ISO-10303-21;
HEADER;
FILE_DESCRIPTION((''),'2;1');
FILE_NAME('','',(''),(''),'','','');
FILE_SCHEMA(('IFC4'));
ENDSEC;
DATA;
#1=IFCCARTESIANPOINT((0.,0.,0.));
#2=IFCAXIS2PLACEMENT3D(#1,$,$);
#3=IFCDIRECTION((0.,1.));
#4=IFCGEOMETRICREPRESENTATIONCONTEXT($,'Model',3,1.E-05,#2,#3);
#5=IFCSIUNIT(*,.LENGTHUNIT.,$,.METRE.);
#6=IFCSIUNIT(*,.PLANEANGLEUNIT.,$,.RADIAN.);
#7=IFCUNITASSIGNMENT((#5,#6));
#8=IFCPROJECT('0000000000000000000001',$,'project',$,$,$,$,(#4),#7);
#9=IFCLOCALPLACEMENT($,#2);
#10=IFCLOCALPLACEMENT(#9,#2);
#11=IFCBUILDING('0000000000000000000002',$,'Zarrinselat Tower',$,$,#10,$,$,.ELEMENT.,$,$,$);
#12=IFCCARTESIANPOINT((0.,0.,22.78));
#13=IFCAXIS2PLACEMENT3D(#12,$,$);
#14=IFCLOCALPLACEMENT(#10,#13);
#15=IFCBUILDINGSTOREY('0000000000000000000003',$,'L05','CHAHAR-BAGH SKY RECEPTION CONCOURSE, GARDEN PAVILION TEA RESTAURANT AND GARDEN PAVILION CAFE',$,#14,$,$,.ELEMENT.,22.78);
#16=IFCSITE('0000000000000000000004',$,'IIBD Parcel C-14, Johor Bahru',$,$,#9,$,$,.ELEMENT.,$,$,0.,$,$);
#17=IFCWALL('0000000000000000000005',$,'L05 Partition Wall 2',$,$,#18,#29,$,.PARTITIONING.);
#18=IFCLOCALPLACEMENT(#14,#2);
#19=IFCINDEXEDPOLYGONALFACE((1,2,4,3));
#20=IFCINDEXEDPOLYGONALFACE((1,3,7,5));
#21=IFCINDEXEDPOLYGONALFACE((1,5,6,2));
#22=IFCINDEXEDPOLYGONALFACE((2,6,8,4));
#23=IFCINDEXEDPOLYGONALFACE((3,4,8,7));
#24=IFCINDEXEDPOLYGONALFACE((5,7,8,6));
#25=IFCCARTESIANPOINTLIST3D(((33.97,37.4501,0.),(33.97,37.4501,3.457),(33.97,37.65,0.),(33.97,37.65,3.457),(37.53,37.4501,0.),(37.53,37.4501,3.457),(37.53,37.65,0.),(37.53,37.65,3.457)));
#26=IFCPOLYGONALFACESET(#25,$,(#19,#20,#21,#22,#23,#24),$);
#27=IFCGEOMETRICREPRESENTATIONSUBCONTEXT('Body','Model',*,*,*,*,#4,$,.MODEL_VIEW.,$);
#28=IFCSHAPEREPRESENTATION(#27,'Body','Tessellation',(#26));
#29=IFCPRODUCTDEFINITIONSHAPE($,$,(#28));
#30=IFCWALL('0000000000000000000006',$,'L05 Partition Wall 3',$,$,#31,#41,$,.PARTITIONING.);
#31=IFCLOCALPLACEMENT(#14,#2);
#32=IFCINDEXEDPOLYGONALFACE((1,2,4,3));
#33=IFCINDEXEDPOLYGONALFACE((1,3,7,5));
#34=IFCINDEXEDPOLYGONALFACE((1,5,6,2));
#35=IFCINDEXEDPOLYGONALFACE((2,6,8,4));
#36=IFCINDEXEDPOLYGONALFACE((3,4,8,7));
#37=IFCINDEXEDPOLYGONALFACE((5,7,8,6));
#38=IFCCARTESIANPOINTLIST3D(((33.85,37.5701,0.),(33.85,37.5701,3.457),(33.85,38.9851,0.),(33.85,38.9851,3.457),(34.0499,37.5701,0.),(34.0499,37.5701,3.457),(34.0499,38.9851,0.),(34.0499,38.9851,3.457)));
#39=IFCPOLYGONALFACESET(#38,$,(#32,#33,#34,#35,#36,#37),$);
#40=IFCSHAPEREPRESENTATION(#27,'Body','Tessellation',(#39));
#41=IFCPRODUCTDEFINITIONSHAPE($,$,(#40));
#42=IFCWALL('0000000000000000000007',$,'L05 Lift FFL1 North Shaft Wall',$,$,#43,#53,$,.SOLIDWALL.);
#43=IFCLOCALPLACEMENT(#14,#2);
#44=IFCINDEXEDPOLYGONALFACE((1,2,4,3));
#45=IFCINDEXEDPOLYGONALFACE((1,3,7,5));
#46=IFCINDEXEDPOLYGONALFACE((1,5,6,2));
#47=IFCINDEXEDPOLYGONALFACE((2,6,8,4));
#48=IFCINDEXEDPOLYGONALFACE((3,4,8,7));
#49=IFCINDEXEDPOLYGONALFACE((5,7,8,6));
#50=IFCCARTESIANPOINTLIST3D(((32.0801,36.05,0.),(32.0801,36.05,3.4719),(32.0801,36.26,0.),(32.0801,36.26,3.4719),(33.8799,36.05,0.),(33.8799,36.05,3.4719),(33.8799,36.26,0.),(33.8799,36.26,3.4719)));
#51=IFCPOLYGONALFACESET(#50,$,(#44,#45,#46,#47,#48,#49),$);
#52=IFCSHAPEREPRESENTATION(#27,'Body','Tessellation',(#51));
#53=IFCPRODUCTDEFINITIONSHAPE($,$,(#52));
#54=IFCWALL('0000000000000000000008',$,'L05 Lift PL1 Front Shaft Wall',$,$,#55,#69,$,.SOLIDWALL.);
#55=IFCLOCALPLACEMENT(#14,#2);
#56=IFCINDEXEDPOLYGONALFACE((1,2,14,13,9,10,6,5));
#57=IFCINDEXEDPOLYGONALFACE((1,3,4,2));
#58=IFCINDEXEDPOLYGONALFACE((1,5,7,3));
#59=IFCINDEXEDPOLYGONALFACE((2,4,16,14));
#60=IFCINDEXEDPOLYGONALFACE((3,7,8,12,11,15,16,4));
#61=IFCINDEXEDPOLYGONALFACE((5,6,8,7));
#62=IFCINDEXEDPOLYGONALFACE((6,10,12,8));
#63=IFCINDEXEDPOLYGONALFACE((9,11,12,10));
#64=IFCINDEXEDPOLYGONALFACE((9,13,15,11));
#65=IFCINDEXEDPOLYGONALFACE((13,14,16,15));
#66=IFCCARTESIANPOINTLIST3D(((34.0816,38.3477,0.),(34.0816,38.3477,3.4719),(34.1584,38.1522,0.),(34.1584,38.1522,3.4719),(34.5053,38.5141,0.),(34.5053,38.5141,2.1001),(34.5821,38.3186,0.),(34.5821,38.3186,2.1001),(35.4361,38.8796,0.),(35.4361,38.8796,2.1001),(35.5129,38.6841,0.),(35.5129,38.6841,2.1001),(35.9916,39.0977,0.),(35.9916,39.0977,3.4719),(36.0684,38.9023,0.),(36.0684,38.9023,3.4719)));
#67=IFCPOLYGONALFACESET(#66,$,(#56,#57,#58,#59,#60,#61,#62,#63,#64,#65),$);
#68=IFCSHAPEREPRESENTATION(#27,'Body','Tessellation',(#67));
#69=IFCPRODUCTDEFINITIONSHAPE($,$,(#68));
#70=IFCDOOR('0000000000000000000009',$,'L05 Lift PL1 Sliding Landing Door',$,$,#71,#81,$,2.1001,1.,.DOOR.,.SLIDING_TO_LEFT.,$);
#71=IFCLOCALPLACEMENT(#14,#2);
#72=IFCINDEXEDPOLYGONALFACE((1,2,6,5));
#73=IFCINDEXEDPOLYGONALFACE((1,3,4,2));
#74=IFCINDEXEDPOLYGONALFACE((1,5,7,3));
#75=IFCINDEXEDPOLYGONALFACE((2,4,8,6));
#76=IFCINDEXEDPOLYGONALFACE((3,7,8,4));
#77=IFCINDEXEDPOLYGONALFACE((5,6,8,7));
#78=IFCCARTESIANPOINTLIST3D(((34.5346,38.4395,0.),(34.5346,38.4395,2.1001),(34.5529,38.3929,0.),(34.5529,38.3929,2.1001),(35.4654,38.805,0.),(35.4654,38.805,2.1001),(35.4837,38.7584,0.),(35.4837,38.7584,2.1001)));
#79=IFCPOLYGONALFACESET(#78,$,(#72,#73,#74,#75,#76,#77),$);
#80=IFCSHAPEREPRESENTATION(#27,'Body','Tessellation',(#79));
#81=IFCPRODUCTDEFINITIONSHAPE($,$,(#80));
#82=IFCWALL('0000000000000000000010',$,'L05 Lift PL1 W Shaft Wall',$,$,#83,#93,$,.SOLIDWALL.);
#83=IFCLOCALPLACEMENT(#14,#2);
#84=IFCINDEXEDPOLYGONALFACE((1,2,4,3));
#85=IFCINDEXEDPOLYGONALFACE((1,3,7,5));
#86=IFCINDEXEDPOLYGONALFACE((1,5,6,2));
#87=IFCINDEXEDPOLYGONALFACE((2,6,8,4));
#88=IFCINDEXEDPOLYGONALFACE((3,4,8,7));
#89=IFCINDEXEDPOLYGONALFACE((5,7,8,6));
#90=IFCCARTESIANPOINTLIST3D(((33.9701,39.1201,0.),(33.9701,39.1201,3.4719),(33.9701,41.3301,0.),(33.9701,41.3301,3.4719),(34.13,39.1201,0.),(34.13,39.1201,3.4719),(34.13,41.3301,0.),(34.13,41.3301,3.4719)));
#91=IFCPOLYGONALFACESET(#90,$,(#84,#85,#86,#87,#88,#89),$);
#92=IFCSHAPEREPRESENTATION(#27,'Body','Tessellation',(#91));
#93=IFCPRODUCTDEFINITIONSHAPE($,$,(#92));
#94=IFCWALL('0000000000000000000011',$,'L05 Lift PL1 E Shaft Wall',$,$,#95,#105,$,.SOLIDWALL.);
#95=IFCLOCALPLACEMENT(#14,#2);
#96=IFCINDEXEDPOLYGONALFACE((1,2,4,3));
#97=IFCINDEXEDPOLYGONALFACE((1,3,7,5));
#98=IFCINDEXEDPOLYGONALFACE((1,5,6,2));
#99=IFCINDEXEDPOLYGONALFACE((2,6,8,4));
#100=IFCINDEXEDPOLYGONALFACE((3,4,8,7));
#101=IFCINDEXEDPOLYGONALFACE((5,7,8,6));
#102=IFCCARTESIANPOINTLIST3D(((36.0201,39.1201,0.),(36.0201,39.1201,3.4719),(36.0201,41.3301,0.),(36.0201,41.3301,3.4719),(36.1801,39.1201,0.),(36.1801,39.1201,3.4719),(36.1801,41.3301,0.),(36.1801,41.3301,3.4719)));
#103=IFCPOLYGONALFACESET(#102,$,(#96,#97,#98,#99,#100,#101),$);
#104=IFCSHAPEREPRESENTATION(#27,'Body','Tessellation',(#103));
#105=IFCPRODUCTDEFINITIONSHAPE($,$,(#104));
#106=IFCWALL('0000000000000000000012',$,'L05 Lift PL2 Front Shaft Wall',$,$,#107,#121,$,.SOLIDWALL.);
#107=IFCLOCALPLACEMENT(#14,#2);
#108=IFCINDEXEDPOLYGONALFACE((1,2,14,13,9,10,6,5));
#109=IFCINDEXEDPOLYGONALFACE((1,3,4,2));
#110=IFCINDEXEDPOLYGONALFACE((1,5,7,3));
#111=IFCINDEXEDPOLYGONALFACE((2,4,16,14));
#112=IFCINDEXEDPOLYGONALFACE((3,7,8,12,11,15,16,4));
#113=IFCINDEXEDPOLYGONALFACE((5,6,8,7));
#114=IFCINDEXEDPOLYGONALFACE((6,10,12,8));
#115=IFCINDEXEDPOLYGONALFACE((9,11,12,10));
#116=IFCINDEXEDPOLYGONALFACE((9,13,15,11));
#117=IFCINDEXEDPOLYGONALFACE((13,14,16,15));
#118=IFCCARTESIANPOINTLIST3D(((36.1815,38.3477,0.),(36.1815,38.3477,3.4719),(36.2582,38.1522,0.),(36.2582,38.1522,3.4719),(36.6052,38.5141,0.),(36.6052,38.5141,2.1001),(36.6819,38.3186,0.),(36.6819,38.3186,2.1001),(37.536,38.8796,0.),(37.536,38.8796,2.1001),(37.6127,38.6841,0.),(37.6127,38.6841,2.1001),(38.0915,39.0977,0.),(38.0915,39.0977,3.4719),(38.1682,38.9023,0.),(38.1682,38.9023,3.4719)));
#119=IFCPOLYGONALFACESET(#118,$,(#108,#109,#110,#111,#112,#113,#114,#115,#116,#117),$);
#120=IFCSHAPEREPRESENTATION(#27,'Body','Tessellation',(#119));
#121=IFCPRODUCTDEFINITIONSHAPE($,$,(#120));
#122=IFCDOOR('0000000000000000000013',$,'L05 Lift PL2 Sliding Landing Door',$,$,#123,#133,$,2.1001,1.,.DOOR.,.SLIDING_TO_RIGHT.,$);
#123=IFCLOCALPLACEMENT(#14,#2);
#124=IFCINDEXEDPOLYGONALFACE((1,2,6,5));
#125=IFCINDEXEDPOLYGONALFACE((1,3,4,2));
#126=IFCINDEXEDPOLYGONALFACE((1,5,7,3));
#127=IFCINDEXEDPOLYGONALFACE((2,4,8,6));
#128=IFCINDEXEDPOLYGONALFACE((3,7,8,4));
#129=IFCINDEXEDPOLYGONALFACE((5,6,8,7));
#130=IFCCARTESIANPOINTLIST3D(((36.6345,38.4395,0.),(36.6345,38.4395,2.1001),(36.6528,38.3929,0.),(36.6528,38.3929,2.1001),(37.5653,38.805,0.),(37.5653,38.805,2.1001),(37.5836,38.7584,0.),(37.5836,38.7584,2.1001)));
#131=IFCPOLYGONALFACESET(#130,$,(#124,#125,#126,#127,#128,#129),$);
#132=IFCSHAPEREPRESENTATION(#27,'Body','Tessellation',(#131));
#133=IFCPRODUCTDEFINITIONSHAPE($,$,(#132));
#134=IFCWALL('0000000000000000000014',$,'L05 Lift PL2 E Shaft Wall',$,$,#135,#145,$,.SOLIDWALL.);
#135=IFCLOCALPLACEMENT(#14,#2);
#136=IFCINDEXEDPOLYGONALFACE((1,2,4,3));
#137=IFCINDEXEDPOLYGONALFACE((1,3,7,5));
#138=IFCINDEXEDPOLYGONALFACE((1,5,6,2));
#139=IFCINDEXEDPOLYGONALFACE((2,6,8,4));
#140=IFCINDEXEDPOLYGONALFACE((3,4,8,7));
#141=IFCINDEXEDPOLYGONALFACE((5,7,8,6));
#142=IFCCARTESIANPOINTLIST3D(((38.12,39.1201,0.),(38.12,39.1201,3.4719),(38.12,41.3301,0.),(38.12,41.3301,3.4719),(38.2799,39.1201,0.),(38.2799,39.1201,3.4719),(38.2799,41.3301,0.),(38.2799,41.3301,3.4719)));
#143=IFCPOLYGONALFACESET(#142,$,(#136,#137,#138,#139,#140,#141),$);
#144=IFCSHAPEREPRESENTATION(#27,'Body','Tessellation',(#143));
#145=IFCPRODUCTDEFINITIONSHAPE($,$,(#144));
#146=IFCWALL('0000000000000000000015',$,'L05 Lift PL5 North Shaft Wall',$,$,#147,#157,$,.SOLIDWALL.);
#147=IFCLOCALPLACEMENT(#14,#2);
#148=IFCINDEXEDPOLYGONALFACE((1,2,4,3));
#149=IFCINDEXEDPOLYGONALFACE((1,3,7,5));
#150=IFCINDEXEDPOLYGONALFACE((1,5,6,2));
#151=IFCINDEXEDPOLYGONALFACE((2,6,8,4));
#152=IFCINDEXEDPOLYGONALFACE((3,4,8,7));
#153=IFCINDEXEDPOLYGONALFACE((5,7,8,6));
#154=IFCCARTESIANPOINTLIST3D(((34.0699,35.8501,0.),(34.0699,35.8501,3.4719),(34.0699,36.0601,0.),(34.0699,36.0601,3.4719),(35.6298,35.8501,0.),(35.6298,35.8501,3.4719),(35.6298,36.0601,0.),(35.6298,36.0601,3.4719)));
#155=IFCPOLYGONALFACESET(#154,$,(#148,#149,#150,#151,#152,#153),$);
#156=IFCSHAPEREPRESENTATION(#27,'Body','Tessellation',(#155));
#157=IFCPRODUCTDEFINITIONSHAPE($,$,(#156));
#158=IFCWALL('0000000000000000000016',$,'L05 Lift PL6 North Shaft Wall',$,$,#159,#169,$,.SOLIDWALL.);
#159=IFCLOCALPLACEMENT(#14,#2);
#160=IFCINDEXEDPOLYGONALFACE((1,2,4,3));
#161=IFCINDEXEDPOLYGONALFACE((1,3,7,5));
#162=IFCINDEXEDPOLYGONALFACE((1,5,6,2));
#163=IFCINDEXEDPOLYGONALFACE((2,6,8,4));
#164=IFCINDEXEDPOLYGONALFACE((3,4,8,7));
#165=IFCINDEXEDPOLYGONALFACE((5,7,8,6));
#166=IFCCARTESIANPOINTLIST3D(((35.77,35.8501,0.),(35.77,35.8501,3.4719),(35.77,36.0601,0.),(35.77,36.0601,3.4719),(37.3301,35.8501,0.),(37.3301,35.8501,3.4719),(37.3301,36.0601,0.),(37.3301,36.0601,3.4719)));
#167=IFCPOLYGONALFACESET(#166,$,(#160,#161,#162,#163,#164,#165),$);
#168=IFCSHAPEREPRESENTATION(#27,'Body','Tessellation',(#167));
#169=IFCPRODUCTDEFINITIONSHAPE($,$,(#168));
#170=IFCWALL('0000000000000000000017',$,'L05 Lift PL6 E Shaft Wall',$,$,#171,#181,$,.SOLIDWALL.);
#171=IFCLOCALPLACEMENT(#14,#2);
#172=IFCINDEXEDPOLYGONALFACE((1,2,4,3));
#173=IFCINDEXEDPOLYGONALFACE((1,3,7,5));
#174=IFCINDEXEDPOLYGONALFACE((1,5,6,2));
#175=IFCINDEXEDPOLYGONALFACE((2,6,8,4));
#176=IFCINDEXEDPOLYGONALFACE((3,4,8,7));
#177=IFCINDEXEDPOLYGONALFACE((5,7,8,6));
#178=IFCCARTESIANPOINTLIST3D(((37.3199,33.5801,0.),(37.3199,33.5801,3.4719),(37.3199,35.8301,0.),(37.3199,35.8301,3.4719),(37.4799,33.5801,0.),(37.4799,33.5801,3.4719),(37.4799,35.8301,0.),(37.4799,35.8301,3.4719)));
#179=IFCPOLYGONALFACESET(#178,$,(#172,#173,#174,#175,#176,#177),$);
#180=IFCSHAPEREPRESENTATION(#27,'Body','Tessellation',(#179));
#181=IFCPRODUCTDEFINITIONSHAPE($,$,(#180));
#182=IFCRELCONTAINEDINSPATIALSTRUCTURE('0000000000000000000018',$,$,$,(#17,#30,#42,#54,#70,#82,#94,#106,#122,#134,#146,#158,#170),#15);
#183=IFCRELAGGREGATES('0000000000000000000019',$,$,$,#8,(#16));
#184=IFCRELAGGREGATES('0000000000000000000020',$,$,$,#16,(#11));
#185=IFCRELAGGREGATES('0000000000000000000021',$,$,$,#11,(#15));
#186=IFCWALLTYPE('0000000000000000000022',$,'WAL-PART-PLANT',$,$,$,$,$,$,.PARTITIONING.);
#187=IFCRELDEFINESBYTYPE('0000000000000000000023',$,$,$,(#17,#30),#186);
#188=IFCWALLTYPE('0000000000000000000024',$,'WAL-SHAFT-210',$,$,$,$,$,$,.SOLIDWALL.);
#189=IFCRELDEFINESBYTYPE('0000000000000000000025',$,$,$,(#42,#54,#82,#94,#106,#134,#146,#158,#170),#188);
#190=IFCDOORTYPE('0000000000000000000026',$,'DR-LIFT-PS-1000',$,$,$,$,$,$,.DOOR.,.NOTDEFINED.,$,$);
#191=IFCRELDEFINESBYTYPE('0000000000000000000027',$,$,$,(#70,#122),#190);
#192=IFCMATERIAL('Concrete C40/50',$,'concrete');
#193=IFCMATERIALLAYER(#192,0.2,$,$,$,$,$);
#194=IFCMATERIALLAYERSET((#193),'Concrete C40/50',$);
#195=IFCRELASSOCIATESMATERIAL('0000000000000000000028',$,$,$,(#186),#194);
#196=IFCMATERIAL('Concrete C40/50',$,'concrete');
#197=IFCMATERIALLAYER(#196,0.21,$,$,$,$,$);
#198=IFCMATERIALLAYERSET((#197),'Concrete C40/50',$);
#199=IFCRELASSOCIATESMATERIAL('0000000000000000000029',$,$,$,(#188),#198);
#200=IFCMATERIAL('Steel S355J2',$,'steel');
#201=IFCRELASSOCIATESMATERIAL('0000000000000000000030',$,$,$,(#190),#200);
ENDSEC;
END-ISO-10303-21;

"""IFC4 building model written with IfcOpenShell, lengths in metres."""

from ifc_helpers import new_model, si_unit, direction, frame, frame_2d, origin, place, context, subcontext, project, spatial, rectangle, extrude, material, layer, layer_set, type_object, element, fill, save


model = new_model("IFC4")

# Units and contexts
model_context = context("Model", 3, precision=1e-05, world=origin(), true_north=direction((0.0, 1.0)))
body_context = subcontext(model_context, "Body", "Model", "MODEL_VIEW")
ifc_project = project(units=[si_unit("LENGTHUNIT", "METRE"), si_unit("PLANEANGLEUNIT", "RADIAN")], contexts=[model_context])

# Site, building, storey
site_placement = place(None, origin())
site = spatial("IfcSite", under=ifc_project, at=site_placement, Name="IIBD Parcel C-14, Johor Bahru", CompositionType="ELEMENT", RefElevation=0.0)
building_placement = place(site_placement, origin())
building = spatial("IfcBuilding", under=site, at=building_placement, Name="Zarrinselat Tower", CompositionType="ELEMENT")
storey_placement = place(building_placement, frame((0.0, 0.0, 22.78)))
storey = spatial("IfcBuildingStorey", under=building, at=storey_placement, Name="L05", Description="CHAHAR-BAGH SKY RECEPTION CONCOURSE, GARDEN PAVILION TEA RESTAURANT AND GARDEN PAVILION CAFE", CompositionType="ELEMENT", Elevation=22.78)

# Walls
ifc_material_1 = material(Name="Concrete C40/50", Category="concrete")
ifc_layer_1 = layer(ifc_material_1, 0.2)
ifc_layer_set_1 = layer_set([ifc_layer_1], Name="Concrete C40/50")
wall_type_1 = type_object("IfcWallType", Name="WAL-PART-PLANT", PredefinedType="PARTITIONING", material=ifc_layer_set_1)
wall_1_placement = place(storey_placement, frame((33.97, 37.55, 0.0), z_axis=(0.0, 0.0, 1.0), x_axis=(1.0, 0.0, 0.0)))
element("IfcWall", 1, at=wall_1_placement, inside=storey, type_object=wall_type_1, Name="L05 Partition Wall 2", PredefinedType="PARTITIONING", context=body_context, shape_type="SweptSolid", body=[
    extrude(rectangle(XDim=3.5601, YDim=0.2, at=frame_2d((1.78, 0.0))), origin(), (0.0, 0.0, 1.0), 3.457),
])
wall_2_placement = place(storey_placement, frame((33.95, 37.5701, 0.0), z_axis=(0.0, 0.0, 1.0), x_axis=(0.0, 1.0, 0.0)))
element("IfcWall", 2, at=wall_2_placement, inside=storey, type_object=wall_type_1, Name="L05 Partition Wall 3", PredefinedType="PARTITIONING", context=body_context, shape_type="SweptSolid", body=[
    extrude(rectangle(XDim=1.415, YDim=0.2, at=frame_2d((0.7075, 0.0))), origin(), (0.0, 0.0, 1.0), 3.457),
])
ifc_material_2 = material(Name="Concrete C40/50", Category="concrete")
ifc_layer_2 = layer(ifc_material_2, 0.21)
ifc_layer_set_2 = layer_set([ifc_layer_2], Name="Concrete C40/50")
wall_type_2 = type_object("IfcWallType", Name="WAL-SHAFT-210", PredefinedType="SOLIDWALL", material=ifc_layer_set_2)
wall_3_placement = place(storey_placement, frame((32.0801, 36.155, 0.0), z_axis=(0.0, 0.0, 1.0), x_axis=(1.0, 0.0, 0.0)))
element("IfcWall", 3, at=wall_3_placement, inside=storey, type_object=wall_type_2, Name="L05 Lift FFL1 North Shaft Wall", PredefinedType="SOLIDWALL", context=body_context, shape_type="SweptSolid", body=[
    extrude(rectangle(XDim=1.7998, YDim=0.21, at=frame_2d((0.8999, 0.0))), origin(), (0.0, 0.0, 1.0), 3.4719),
])

# Wall, opening, door
wall_4_placement = place(storey_placement, frame((34.1201, 38.25, 0.0), z_axis=(0.0, 0.0, 1.0), x_axis=(0.930805, 0.365516, 0.0)))
wall_4 = element("IfcWall", 4, at=wall_4_placement, inside=storey, type_object=wall_type_2, Name="L05 Lift PL1 Front Shaft Wall", PredefinedType="SOLIDWALL", context=body_context, shape_type="SweptSolid", body=[
    extrude(rectangle(XDim=2.052, YDim=0.21, at=frame_2d((1.0259, 0.0))), origin(), (0.0, 0.0, 1.0), 3.4719),
])
opening_1_placement = place(wall_4_placement, frame((0.4551, 0.0, 0.0)))
opening_1 = element("IfcOpeningElement", 5, at=opening_1_placement, cuts=wall_4, PredefinedType="OPENING", context=body_context, shape_type="SweptSolid", body=[
    extrude(rectangle(XDim=1.0, YDim=2.1001, at=frame_2d((0.5, 1.05))), frame((0.0, 0.115, 0.0), z_axis=(0.0, -1.0, 0.0), x_axis=(1.0, 0.0, 0.0)), (0.0, 0.0, 1.0), 0.23),
])
ifc_material_3 = material(Name="Steel S355J2", Category="steel")
door_type = type_object("IfcDoorType", Name="DR-LIFT-PS-1000", OperationType="NOTDEFINED", PredefinedType="DOOR", material=ifc_material_3)
door_1_placement = place(opening_1_placement, origin())
door_1 = element("IfcDoor", 6, at=door_1_placement, inside=storey, type_object=door_type, Name="L05 Lift PL1 Sliding Landing Door", OperationType="SLIDING_TO_LEFT", OverallHeight=2.1001, OverallWidth=1.0, PredefinedType="DOOR", context=body_context, shape_type="SweptSolid", body=[
    extrude(rectangle(XDim=1.0, YDim=2.1001, at=frame_2d((0.5, 1.05))), frame((0.0, 0.0249, 0.0), z_axis=(0.0, -1.0, 0.0), x_axis=(1.0, 0.0, 0.0)), (0.0, 0.0, 1.0), 0.05),
])
fill(opening_1, door_1)

# Walls
for number, where, z_axis, x_axis, name in (
    (7, (34.05, 39.1201, 0.0), (0.0, 0.0, 1.0), (0.0, 1.0, 0.0), "L05 Lift PL1 W Shaft Wall"),
    (8, (36.1001, 39.1201, 0.0), (0.0, 0.0, 1.0), (0.0, 1.0, 0.0), "L05 Lift PL1 E Shaft Wall"),
):
    element("IfcWall", number, at=place(storey_placement, frame(where, z_axis=z_axis, x_axis=x_axis)), inside=storey, type_object=wall_type_2, Name=name, PredefinedType="SOLIDWALL", context=body_context, shape_type="SweptSolid", body=[
        extrude(rectangle(XDim=2.21, YDim=0.1599, at=frame_2d((1.105, 0.0))), origin(), (0.0, 0.0, 1.0), 3.4719),
    ])

# Wall, opening, door
wall_5_placement = place(storey_placement, frame((36.22, 38.25, 0.0), z_axis=(0.0, 0.0, 1.0), x_axis=(0.930805, 0.365516, 0.0)))
wall_5 = element("IfcWall", 9, at=wall_5_placement, inside=storey, type_object=wall_type_2, Name="L05 Lift PL2 Front Shaft Wall", PredefinedType="SOLIDWALL", context=body_context, shape_type="SweptSolid", body=[
    extrude(rectangle(XDim=2.052, YDim=0.21, at=frame_2d((1.0259, 0.0))), origin(), (0.0, 0.0, 1.0), 3.4719),
])
opening_2_placement = place(wall_5_placement, frame((0.4551, 0.0, 0.0)))
opening_2 = element("IfcOpeningElement", 10, at=opening_2_placement, cuts=wall_5, PredefinedType="OPENING", context=body_context, shape_type="SweptSolid", body=[
    extrude(rectangle(XDim=1.0, YDim=2.1001, at=frame_2d((0.5, 1.05))), frame((0.0, 0.115, 0.0), z_axis=(0.0, -1.0, 0.0), x_axis=(1.0, 0.0, 0.0)), (0.0, 0.0, 1.0), 0.23),
])
door_2_placement = place(opening_2_placement, origin())
door_2 = element("IfcDoor", 11, at=door_2_placement, inside=storey, type_object=door_type, Name="L05 Lift PL2 Sliding Landing Door", OperationType="SLIDING_TO_RIGHT", OverallHeight=2.1001, OverallWidth=1.0, PredefinedType="DOOR", context=body_context, shape_type="SweptSolid", body=[
    extrude(rectangle(XDim=1.0, YDim=2.1001, at=frame_2d((0.5, 1.05))), frame((0.0, 0.0249, 0.0), z_axis=(0.0, -1.0, 0.0), x_axis=(1.0, 0.0, 0.0)), (0.0, 0.0, 1.0), 0.05),
])
fill(opening_2, door_2)

# Walls
wall_6_placement = place(storey_placement, frame((38.2, 39.1201, 0.0), z_axis=(0.0, 0.0, 1.0), x_axis=(0.0, 1.0, 0.0)))
element("IfcWall", 12, at=wall_6_placement, inside=storey, type_object=wall_type_2, Name="L05 Lift PL2 E Shaft Wall", PredefinedType="SOLIDWALL", context=body_context, shape_type="SweptSolid", body=[
    extrude(rectangle(XDim=2.21, YDim=0.1599, at=frame_2d((1.105, 0.0))), origin(), (0.0, 0.0, 1.0), 3.4719),
])
wall_7_placement = place(storey_placement, frame((34.0701, 35.9551, 0.0), z_axis=(0.0, 0.0, 1.0), x_axis=(1.0, 0.0, 0.0)))
element("IfcWall", 13, at=wall_7_placement, inside=storey, type_object=wall_type_2, Name="L05 Lift PL5 North Shaft Wall", PredefinedType="SOLIDWALL", context=body_context, shape_type="SweptSolid", body=[
    extrude(rectangle(XDim=1.5598, YDim=0.21, at=frame_2d((0.7798, 0.0))), origin(), (0.0, 0.0, 1.0), 3.4719),
])
wall_8_placement = place(storey_placement, frame((35.77, 35.9551, 0.0), z_axis=(0.0, 0.0, 1.0), x_axis=(1.0, 0.0, 0.0)))
element("IfcWall", 14, at=wall_8_placement, inside=storey, type_object=wall_type_2, Name="L05 Lift PL6 North Shaft Wall", PredefinedType="SOLIDWALL", context=body_context, shape_type="SweptSolid", body=[
    extrude(rectangle(XDim=1.5601, YDim=0.21, at=frame_2d((0.78, 0.0))), origin(), (0.0, 0.0, 1.0), 3.4719),
])
wall_9_placement = place(storey_placement, frame((37.3999, 33.5801, 0.0), z_axis=(0.0, 0.0, 1.0), x_axis=(0.0, 1.0, 0.0)))
element("IfcWall", 15, at=wall_9_placement, inside=storey, type_object=wall_type_2, Name="L05 Lift PL6 E Shaft Wall", PredefinedType="SOLIDWALL", context=body_context, shape_type="SweptSolid", body=[
    extrude(rectangle(XDim=2.25, YDim=0.1599, at=frame_2d((1.125, 0.0))), origin(), (0.0, 0.0, 1.0), 3.4719),
])

save(model, "model.ifc")
